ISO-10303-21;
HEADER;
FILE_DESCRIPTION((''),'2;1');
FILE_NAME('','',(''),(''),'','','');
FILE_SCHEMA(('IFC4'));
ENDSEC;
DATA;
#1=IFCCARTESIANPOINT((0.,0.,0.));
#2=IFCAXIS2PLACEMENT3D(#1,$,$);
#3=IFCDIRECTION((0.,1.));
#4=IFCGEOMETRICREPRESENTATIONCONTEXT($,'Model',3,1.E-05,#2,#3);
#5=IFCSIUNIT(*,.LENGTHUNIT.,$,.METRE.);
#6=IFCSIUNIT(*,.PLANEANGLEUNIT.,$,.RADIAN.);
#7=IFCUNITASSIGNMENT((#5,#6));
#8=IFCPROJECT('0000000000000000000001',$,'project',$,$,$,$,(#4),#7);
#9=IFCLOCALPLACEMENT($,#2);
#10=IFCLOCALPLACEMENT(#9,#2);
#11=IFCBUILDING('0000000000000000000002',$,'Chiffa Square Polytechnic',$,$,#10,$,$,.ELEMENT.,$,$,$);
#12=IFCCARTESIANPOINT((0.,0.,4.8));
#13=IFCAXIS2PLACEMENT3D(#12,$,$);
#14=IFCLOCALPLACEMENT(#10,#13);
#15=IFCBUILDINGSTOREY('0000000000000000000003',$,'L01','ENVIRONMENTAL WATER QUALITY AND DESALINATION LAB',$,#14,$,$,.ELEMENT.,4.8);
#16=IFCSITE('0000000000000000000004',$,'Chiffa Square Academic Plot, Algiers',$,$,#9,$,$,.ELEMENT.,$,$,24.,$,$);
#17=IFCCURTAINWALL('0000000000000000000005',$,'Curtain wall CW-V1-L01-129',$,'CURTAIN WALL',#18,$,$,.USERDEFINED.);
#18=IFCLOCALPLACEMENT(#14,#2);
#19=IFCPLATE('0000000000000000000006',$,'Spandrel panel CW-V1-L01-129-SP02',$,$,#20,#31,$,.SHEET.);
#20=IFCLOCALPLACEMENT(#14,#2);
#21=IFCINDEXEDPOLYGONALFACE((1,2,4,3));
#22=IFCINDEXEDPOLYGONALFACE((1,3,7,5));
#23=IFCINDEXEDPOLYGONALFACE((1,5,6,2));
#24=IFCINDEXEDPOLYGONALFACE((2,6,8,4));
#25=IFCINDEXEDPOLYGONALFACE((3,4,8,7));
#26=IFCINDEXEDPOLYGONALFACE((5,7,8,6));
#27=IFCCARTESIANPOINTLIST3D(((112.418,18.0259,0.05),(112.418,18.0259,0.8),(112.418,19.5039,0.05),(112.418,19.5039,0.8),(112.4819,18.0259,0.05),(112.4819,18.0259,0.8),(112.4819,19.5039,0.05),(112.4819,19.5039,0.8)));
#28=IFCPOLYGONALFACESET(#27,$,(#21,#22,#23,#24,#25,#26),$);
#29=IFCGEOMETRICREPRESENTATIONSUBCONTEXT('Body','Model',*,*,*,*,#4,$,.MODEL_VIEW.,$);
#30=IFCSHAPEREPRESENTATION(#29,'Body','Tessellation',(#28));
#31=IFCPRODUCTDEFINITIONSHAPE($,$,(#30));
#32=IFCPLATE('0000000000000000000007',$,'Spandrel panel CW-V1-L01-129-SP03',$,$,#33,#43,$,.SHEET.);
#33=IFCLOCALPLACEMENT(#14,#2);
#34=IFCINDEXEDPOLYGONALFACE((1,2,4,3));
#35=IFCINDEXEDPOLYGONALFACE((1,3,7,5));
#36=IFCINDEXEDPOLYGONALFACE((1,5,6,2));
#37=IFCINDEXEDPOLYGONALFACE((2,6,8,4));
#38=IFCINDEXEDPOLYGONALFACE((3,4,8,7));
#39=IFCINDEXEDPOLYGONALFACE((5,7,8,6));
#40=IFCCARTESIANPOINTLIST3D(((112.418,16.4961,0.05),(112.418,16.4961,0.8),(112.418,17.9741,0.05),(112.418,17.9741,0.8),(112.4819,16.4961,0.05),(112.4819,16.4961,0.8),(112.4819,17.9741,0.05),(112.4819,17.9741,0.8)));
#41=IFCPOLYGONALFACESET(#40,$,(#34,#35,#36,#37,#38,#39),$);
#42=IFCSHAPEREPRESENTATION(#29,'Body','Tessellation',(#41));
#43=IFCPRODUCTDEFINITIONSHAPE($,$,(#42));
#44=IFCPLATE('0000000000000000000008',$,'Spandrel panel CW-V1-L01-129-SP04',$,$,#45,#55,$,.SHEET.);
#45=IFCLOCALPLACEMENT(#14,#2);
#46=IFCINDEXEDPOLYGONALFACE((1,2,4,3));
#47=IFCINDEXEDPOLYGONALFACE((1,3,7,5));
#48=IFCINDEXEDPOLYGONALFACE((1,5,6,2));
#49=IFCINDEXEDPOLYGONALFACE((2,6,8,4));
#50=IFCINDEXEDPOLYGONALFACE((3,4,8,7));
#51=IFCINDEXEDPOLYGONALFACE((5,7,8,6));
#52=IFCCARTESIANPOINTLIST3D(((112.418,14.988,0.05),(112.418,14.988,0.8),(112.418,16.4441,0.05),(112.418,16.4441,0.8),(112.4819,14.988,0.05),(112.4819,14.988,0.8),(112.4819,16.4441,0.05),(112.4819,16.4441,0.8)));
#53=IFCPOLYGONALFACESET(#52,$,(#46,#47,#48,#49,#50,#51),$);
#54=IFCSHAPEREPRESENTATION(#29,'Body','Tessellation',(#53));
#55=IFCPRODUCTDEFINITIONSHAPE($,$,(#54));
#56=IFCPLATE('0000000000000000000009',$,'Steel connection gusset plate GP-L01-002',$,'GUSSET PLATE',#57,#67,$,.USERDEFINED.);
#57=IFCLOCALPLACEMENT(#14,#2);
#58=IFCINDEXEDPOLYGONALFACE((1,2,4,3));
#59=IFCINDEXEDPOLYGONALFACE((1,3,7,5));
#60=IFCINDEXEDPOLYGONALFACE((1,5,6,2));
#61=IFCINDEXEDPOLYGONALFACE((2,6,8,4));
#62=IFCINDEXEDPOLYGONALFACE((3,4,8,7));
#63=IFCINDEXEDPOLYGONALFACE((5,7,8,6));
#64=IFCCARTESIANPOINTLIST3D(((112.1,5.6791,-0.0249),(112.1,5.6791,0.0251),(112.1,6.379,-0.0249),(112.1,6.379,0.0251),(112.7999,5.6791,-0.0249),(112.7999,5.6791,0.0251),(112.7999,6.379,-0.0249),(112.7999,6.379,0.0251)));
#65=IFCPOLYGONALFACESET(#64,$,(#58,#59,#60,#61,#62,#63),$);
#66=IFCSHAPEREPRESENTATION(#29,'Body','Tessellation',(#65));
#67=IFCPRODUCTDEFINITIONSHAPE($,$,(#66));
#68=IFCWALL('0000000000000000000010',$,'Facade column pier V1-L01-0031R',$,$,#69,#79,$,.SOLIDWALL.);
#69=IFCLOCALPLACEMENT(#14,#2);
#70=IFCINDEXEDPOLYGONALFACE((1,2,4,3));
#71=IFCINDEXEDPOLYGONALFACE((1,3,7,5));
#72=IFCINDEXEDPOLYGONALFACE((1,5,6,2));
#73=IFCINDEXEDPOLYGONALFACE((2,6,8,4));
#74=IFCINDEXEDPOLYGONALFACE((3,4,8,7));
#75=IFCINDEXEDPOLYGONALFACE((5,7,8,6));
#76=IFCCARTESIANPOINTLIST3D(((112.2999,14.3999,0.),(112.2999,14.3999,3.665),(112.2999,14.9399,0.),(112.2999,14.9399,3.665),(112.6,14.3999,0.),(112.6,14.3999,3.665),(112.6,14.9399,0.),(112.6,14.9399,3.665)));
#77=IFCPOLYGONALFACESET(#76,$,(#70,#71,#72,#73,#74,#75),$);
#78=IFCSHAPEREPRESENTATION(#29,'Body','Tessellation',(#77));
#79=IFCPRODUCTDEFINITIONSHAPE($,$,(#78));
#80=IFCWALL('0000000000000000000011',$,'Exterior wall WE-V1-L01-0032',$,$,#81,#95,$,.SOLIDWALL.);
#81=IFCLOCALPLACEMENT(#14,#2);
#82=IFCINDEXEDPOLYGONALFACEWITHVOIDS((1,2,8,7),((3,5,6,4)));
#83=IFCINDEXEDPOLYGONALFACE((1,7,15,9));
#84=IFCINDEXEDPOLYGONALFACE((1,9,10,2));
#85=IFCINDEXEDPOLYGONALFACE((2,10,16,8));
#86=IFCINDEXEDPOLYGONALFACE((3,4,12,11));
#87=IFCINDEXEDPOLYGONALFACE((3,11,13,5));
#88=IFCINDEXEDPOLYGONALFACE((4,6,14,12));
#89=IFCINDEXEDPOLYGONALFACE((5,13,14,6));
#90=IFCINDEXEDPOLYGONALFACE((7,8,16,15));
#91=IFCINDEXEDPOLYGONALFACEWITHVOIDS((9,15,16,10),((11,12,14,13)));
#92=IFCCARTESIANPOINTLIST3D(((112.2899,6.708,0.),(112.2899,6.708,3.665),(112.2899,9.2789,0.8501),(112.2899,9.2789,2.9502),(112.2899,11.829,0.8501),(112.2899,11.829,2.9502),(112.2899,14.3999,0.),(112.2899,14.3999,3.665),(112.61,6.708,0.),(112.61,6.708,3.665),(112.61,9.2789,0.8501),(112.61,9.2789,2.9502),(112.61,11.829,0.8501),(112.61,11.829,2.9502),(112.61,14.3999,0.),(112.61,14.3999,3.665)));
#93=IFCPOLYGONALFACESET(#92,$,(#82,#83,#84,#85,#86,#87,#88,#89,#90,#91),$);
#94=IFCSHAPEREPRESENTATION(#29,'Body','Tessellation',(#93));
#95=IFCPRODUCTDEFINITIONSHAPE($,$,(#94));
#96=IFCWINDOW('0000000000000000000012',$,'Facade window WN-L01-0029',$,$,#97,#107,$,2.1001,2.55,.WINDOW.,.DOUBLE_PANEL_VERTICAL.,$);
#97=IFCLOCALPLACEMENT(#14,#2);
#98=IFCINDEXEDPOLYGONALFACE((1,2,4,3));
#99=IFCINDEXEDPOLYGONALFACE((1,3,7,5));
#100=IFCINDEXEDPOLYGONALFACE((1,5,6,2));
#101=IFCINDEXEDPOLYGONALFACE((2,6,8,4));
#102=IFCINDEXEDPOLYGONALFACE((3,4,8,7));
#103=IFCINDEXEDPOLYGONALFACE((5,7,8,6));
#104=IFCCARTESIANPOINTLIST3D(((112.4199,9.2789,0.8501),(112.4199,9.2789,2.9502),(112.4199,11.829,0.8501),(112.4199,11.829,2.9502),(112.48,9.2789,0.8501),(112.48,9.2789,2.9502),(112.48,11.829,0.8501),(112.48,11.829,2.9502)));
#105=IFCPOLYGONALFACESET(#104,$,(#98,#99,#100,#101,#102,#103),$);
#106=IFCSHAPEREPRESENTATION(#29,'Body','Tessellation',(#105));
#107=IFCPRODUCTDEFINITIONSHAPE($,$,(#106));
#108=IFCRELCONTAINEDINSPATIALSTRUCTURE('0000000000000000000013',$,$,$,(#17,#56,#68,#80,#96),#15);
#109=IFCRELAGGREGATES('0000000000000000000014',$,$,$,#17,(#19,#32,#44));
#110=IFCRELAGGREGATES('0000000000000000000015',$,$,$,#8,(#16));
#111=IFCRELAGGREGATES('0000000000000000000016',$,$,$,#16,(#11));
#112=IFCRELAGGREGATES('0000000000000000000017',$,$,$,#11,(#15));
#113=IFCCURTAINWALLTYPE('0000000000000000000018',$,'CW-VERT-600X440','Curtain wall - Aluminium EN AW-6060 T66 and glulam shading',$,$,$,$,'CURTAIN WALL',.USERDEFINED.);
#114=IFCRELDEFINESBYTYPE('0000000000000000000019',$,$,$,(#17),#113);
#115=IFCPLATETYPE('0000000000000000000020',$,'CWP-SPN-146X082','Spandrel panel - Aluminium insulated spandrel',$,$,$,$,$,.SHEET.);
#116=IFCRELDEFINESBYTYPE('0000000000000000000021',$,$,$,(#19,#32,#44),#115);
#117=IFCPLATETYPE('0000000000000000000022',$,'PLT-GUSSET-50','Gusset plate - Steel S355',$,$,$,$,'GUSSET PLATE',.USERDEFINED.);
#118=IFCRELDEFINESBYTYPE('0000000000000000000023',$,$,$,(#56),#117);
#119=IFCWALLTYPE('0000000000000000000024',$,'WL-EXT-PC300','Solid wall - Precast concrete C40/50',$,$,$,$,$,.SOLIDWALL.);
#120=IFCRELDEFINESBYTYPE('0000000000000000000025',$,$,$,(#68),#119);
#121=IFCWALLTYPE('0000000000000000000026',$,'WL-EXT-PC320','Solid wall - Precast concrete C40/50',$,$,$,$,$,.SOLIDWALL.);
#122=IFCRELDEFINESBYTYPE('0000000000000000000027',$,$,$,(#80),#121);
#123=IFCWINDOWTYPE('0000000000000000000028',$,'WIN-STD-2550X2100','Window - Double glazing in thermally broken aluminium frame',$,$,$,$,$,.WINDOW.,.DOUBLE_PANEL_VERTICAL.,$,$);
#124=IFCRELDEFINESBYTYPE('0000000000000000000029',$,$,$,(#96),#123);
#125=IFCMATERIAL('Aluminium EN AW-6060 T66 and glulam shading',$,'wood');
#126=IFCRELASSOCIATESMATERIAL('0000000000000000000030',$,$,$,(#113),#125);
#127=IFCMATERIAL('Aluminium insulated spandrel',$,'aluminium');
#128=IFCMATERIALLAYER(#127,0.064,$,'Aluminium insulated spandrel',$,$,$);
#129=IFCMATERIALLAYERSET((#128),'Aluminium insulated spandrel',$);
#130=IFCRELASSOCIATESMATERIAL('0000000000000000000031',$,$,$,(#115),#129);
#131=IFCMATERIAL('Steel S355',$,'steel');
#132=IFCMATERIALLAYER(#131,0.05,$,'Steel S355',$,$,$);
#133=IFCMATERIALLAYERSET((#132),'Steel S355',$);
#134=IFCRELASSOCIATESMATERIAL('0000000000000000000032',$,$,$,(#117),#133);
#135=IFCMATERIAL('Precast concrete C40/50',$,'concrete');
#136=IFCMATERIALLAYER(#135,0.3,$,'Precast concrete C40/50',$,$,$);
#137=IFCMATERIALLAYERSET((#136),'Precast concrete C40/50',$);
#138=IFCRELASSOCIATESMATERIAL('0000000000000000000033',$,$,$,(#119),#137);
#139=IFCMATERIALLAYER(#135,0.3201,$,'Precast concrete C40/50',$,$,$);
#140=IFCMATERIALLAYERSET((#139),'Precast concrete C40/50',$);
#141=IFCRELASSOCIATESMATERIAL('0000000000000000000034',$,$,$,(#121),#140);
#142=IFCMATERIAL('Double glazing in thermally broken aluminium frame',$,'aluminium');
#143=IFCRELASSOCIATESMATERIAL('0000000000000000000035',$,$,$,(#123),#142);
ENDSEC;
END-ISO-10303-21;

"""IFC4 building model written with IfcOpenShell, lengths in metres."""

from ifc_helpers import new_model, si_unit, direction, frame, frame_2d, origin, origin_2d, place, context, subcontext, project, spatial, rectangle, extrude, material, layer, layer_set, type_object, element, fill, aggregate, save


model = new_model("IFC4")

# Units and contexts
model_context = context("Model", 3, precision=1e-05, world=origin(), true_north=direction((0.0, 1.0)))
body_context = subcontext(model_context, "Body", "Model", "MODEL_VIEW")
ifc_project = project(units=[si_unit("LENGTHUNIT", "METRE"), si_unit("PLANEANGLEUNIT", "RADIAN")], contexts=[model_context])

# Site, building, storey
site_placement = place(None, origin())
site = spatial("IfcSite", under=ifc_project, at=site_placement, Name="Chiffa Square Academic Plot, Algiers", CompositionType="ELEMENT", RefElevation=24.0)
building_placement = place(site_placement, origin())
building = spatial("IfcBuilding", under=site, at=building_placement, Name="Chiffa Square Polytechnic", CompositionType="ELEMENT")
storey_placement = place(building_placement, frame((0.0, 0.0, 4.8)))
storey = spatial("IfcBuildingStorey", under=building, at=storey_placement, Name="L01", Description="ENVIRONMENTAL WATER QUALITY AND DESALINATION LAB", CompositionType="ELEMENT", Elevation=4.8)

# Shared definitions
ifc_material_1 = material(Name="Steel S355", Category="steel")

# Curtain wall, plates
ifc_material_2 = material(Name="Aluminium EN AW-6060 T66 and glulam shading", Category="wood")
curtain_wall_type = type_object("IfcCurtainWallType", Name="CW-VERT-600X440", Description="Curtain wall - Aluminium EN AW-6060 T66 and glulam shading", ElementType="CURTAIN WALL", PredefinedType="USERDEFINED", material=ifc_material_2)
curtain_wall_placement = place(storey_placement, origin())
curtain_wall = element("IfcCurtainWall", 1, at=curtain_wall_placement, inside=storey, type_object=curtain_wall_type, Name="Curtain wall CW-V1-L01-129", ObjectType="CURTAIN WALL", PredefinedType="USERDEFINED")
ifc_material_3 = material(Name="Aluminium insulated spandrel", Category="aluminium")
ifc_layer_1 = layer(ifc_material_3, 0.064, Name="Aluminium insulated spandrel")
ifc_layer_set_1 = layer_set([ifc_layer_1], Name="Aluminium insulated spandrel")
plate_type_1 = type_object("IfcPlateType", Name="CWP-SPN-146X082", Description="Spandrel panel - Aluminium insulated spandrel", PredefinedType="SHEET", material=ifc_layer_set_1)
plate_1_placement = place(storey_placement, frame((112.45, 18.7649, 0.05), z_axis=(0.0, 0.0, 1.0), x_axis=(0.0, -1.0, 0.0)))
plate_1 = element("IfcPlate", 2, at=plate_1_placement, type_object=plate_type_1, Name="Spandrel panel CW-V1-L01-129-SP02", PredefinedType="SHEET", context=body_context, shape_type="SweptSolid", body=[
    extrude(rectangle(XDim=1.478, YDim=0.064, at=origin_2d()), origin(), (0.0, 0.0, 1.0), 0.75),
])
plate_2_placement = place(storey_placement, frame((112.45, 17.2351, 0.05), z_axis=(0.0, 0.0, 1.0), x_axis=(0.0, -1.0, 0.0)))
plate_2 = element("IfcPlate", 3, at=plate_2_placement, type_object=plate_type_1, Name="Spandrel panel CW-V1-L01-129-SP03", PredefinedType="SHEET", context=body_context, shape_type="SweptSolid", body=[
    extrude(rectangle(XDim=1.478, YDim=0.064, at=origin_2d()), origin(), (0.0, 0.0, 1.0), 0.75),
])
plate_3_placement = place(storey_placement, frame((112.45, 15.7161, 0.05), z_axis=(0.0, 0.0, 1.0), x_axis=(0.0, -1.0, 0.0)))
plate_3 = element("IfcPlate", 4, at=plate_3_placement, type_object=plate_type_1, Name="Spandrel panel CW-V1-L01-129-SP04", PredefinedType="SHEET", context=body_context, shape_type="SweptSolid", body=[
    extrude(rectangle(XDim=1.4561, YDim=0.064, at=origin_2d()), origin(), (0.0, 0.0, 1.0), 0.75),
])
aggregate(curtain_wall, [plate_1, plate_2, plate_3])

# Plate
ifc_layer_2 = layer(ifc_material_1, 0.05, Name="Steel S355")
ifc_layer_set_2 = layer_set([ifc_layer_2], Name="Steel S355")
plate_type_2 = type_object("IfcPlateType", Name="PLT-GUSSET-50", Description="Gusset plate - Steel S355", ElementType="GUSSET PLATE", PredefinedType="USERDEFINED", material=ifc_layer_set_2)
plate_4_placement = place(storey_placement, frame((112.45, 6.0291, -0.0249), z_axis=(0.0, 0.0, 1.0), x_axis=(1.0, 0.0, 0.0)))
element("IfcPlate", 5, at=plate_4_placement, inside=storey, type_object=plate_type_2, Name="Steel connection gusset plate GP-L01-002", ObjectType="GUSSET PLATE", PredefinedType="USERDEFINED", context=body_context, shape_type="SweptSolid", body=[
    extrude(rectangle(XDim=0.7, YDim=0.7, at=origin_2d()), origin(), (0.0, 0.0, 1.0), 0.05),
])

# Wall
ifc_material_4 = material(Name="Precast concrete C40/50", Category="concrete")
ifc_layer_3 = layer(ifc_material_4, 0.3, Name="Precast concrete C40/50")
ifc_layer_set_3 = layer_set([ifc_layer_3], Name="Precast concrete C40/50")
wall_type_1 = type_object("IfcWallType", Name="WL-EXT-PC300", Description="Solid wall - Precast concrete C40/50", PredefinedType="SOLIDWALL", material=ifc_layer_set_3)
wall_1_placement = place(storey_placement, frame((112.45, 14.9399, 0.0), z_axis=(0.0, 0.0, 1.0), x_axis=(0.0, -1.0, 0.0)))
element("IfcWall", 6, at=wall_1_placement, inside=storey, type_object=wall_type_1, Name="Facade column pier V1-L01-0031R", PredefinedType="SOLIDWALL", context=body_context, shape_type="SweptSolid", body=[
    extrude(rectangle(XDim=0.54, YDim=0.3, at=frame_2d((0.27, 0.0))), origin(), (0.0, 0.0, 1.0), 3.665),
])

# Wall, opening, window
ifc_layer_4 = layer(ifc_material_4, 0.3201, Name="Precast concrete C40/50")
ifc_layer_set_4 = layer_set([ifc_layer_4], Name="Precast concrete C40/50")
wall_type_2 = type_object("IfcWallType", Name="WL-EXT-PC320", Description="Solid wall - Precast concrete C40/50", PredefinedType="SOLIDWALL", material=ifc_layer_set_4)
wall_2_placement = place(storey_placement, frame((112.45, 14.3999, 0.0), z_axis=(0.0, 0.0, 1.0), x_axis=(0.0, -1.0, 0.0)))
wall_2 = element("IfcWall", 7, at=wall_2_placement, inside=storey, type_object=wall_type_2, Name="Exterior wall WE-V1-L01-0032", PredefinedType="SOLIDWALL", context=body_context, shape_type="SweptSolid", body=[
    extrude(rectangle(XDim=7.6919, YDim=0.3201, at=frame_2d((3.8459, 0.0))), origin(), (0.0, 0.0, 1.0), 3.665),
])
opening_placement = place(wall_2_placement, frame((2.571, 0.0, 0.8501)))
opening = element("IfcOpeningElement", 8, at=opening_placement, cuts=wall_2, PredefinedType="OPENING", context=body_context, shape_type="SweptSolid", body=[
    extrude(rectangle(XDim=2.55, YDim=2.1001, at=frame_2d((1.2749, 1.05))), frame((0.0, 0.1699, 0.0), z_axis=(0.0, -1.0, 0.0), x_axis=(1.0, 0.0, 0.0)), (0.0, 0.0, 1.0), 0.3401),
])
ifc_material_5 = material(Name="Double glazing in thermally broken aluminium frame", Category="aluminium")
window_type = type_object("IfcWindowType", Name="WIN-STD-2550X2100", Description="Window - Double glazing in thermally broken aluminium frame", PartitioningType="DOUBLE_PANEL_VERTICAL", PredefinedType="WINDOW", material=ifc_material_5)
window_placement = place(opening_placement, origin())
window = element("IfcWindow", 9, at=window_placement, inside=storey, type_object=window_type, Name="Facade window WN-L01-0029", OverallHeight=2.1001, OverallWidth=2.55, PartitioningType="DOUBLE_PANEL_VERTICAL", PredefinedType="WINDOW", context=body_context, shape_type="SweptSolid", body=[
    extrude(rectangle(XDim=2.55, YDim=2.1001, at=frame_2d((1.2749, 1.05))), frame((0.0, 0.03, 0.0), z_axis=(0.0, -1.0, 0.0), x_axis=(1.0, 0.0, 0.0)), (0.0, 0.0, 1.0), 0.0601),
])
fill(opening, window)

save(model, "model.ifc")
